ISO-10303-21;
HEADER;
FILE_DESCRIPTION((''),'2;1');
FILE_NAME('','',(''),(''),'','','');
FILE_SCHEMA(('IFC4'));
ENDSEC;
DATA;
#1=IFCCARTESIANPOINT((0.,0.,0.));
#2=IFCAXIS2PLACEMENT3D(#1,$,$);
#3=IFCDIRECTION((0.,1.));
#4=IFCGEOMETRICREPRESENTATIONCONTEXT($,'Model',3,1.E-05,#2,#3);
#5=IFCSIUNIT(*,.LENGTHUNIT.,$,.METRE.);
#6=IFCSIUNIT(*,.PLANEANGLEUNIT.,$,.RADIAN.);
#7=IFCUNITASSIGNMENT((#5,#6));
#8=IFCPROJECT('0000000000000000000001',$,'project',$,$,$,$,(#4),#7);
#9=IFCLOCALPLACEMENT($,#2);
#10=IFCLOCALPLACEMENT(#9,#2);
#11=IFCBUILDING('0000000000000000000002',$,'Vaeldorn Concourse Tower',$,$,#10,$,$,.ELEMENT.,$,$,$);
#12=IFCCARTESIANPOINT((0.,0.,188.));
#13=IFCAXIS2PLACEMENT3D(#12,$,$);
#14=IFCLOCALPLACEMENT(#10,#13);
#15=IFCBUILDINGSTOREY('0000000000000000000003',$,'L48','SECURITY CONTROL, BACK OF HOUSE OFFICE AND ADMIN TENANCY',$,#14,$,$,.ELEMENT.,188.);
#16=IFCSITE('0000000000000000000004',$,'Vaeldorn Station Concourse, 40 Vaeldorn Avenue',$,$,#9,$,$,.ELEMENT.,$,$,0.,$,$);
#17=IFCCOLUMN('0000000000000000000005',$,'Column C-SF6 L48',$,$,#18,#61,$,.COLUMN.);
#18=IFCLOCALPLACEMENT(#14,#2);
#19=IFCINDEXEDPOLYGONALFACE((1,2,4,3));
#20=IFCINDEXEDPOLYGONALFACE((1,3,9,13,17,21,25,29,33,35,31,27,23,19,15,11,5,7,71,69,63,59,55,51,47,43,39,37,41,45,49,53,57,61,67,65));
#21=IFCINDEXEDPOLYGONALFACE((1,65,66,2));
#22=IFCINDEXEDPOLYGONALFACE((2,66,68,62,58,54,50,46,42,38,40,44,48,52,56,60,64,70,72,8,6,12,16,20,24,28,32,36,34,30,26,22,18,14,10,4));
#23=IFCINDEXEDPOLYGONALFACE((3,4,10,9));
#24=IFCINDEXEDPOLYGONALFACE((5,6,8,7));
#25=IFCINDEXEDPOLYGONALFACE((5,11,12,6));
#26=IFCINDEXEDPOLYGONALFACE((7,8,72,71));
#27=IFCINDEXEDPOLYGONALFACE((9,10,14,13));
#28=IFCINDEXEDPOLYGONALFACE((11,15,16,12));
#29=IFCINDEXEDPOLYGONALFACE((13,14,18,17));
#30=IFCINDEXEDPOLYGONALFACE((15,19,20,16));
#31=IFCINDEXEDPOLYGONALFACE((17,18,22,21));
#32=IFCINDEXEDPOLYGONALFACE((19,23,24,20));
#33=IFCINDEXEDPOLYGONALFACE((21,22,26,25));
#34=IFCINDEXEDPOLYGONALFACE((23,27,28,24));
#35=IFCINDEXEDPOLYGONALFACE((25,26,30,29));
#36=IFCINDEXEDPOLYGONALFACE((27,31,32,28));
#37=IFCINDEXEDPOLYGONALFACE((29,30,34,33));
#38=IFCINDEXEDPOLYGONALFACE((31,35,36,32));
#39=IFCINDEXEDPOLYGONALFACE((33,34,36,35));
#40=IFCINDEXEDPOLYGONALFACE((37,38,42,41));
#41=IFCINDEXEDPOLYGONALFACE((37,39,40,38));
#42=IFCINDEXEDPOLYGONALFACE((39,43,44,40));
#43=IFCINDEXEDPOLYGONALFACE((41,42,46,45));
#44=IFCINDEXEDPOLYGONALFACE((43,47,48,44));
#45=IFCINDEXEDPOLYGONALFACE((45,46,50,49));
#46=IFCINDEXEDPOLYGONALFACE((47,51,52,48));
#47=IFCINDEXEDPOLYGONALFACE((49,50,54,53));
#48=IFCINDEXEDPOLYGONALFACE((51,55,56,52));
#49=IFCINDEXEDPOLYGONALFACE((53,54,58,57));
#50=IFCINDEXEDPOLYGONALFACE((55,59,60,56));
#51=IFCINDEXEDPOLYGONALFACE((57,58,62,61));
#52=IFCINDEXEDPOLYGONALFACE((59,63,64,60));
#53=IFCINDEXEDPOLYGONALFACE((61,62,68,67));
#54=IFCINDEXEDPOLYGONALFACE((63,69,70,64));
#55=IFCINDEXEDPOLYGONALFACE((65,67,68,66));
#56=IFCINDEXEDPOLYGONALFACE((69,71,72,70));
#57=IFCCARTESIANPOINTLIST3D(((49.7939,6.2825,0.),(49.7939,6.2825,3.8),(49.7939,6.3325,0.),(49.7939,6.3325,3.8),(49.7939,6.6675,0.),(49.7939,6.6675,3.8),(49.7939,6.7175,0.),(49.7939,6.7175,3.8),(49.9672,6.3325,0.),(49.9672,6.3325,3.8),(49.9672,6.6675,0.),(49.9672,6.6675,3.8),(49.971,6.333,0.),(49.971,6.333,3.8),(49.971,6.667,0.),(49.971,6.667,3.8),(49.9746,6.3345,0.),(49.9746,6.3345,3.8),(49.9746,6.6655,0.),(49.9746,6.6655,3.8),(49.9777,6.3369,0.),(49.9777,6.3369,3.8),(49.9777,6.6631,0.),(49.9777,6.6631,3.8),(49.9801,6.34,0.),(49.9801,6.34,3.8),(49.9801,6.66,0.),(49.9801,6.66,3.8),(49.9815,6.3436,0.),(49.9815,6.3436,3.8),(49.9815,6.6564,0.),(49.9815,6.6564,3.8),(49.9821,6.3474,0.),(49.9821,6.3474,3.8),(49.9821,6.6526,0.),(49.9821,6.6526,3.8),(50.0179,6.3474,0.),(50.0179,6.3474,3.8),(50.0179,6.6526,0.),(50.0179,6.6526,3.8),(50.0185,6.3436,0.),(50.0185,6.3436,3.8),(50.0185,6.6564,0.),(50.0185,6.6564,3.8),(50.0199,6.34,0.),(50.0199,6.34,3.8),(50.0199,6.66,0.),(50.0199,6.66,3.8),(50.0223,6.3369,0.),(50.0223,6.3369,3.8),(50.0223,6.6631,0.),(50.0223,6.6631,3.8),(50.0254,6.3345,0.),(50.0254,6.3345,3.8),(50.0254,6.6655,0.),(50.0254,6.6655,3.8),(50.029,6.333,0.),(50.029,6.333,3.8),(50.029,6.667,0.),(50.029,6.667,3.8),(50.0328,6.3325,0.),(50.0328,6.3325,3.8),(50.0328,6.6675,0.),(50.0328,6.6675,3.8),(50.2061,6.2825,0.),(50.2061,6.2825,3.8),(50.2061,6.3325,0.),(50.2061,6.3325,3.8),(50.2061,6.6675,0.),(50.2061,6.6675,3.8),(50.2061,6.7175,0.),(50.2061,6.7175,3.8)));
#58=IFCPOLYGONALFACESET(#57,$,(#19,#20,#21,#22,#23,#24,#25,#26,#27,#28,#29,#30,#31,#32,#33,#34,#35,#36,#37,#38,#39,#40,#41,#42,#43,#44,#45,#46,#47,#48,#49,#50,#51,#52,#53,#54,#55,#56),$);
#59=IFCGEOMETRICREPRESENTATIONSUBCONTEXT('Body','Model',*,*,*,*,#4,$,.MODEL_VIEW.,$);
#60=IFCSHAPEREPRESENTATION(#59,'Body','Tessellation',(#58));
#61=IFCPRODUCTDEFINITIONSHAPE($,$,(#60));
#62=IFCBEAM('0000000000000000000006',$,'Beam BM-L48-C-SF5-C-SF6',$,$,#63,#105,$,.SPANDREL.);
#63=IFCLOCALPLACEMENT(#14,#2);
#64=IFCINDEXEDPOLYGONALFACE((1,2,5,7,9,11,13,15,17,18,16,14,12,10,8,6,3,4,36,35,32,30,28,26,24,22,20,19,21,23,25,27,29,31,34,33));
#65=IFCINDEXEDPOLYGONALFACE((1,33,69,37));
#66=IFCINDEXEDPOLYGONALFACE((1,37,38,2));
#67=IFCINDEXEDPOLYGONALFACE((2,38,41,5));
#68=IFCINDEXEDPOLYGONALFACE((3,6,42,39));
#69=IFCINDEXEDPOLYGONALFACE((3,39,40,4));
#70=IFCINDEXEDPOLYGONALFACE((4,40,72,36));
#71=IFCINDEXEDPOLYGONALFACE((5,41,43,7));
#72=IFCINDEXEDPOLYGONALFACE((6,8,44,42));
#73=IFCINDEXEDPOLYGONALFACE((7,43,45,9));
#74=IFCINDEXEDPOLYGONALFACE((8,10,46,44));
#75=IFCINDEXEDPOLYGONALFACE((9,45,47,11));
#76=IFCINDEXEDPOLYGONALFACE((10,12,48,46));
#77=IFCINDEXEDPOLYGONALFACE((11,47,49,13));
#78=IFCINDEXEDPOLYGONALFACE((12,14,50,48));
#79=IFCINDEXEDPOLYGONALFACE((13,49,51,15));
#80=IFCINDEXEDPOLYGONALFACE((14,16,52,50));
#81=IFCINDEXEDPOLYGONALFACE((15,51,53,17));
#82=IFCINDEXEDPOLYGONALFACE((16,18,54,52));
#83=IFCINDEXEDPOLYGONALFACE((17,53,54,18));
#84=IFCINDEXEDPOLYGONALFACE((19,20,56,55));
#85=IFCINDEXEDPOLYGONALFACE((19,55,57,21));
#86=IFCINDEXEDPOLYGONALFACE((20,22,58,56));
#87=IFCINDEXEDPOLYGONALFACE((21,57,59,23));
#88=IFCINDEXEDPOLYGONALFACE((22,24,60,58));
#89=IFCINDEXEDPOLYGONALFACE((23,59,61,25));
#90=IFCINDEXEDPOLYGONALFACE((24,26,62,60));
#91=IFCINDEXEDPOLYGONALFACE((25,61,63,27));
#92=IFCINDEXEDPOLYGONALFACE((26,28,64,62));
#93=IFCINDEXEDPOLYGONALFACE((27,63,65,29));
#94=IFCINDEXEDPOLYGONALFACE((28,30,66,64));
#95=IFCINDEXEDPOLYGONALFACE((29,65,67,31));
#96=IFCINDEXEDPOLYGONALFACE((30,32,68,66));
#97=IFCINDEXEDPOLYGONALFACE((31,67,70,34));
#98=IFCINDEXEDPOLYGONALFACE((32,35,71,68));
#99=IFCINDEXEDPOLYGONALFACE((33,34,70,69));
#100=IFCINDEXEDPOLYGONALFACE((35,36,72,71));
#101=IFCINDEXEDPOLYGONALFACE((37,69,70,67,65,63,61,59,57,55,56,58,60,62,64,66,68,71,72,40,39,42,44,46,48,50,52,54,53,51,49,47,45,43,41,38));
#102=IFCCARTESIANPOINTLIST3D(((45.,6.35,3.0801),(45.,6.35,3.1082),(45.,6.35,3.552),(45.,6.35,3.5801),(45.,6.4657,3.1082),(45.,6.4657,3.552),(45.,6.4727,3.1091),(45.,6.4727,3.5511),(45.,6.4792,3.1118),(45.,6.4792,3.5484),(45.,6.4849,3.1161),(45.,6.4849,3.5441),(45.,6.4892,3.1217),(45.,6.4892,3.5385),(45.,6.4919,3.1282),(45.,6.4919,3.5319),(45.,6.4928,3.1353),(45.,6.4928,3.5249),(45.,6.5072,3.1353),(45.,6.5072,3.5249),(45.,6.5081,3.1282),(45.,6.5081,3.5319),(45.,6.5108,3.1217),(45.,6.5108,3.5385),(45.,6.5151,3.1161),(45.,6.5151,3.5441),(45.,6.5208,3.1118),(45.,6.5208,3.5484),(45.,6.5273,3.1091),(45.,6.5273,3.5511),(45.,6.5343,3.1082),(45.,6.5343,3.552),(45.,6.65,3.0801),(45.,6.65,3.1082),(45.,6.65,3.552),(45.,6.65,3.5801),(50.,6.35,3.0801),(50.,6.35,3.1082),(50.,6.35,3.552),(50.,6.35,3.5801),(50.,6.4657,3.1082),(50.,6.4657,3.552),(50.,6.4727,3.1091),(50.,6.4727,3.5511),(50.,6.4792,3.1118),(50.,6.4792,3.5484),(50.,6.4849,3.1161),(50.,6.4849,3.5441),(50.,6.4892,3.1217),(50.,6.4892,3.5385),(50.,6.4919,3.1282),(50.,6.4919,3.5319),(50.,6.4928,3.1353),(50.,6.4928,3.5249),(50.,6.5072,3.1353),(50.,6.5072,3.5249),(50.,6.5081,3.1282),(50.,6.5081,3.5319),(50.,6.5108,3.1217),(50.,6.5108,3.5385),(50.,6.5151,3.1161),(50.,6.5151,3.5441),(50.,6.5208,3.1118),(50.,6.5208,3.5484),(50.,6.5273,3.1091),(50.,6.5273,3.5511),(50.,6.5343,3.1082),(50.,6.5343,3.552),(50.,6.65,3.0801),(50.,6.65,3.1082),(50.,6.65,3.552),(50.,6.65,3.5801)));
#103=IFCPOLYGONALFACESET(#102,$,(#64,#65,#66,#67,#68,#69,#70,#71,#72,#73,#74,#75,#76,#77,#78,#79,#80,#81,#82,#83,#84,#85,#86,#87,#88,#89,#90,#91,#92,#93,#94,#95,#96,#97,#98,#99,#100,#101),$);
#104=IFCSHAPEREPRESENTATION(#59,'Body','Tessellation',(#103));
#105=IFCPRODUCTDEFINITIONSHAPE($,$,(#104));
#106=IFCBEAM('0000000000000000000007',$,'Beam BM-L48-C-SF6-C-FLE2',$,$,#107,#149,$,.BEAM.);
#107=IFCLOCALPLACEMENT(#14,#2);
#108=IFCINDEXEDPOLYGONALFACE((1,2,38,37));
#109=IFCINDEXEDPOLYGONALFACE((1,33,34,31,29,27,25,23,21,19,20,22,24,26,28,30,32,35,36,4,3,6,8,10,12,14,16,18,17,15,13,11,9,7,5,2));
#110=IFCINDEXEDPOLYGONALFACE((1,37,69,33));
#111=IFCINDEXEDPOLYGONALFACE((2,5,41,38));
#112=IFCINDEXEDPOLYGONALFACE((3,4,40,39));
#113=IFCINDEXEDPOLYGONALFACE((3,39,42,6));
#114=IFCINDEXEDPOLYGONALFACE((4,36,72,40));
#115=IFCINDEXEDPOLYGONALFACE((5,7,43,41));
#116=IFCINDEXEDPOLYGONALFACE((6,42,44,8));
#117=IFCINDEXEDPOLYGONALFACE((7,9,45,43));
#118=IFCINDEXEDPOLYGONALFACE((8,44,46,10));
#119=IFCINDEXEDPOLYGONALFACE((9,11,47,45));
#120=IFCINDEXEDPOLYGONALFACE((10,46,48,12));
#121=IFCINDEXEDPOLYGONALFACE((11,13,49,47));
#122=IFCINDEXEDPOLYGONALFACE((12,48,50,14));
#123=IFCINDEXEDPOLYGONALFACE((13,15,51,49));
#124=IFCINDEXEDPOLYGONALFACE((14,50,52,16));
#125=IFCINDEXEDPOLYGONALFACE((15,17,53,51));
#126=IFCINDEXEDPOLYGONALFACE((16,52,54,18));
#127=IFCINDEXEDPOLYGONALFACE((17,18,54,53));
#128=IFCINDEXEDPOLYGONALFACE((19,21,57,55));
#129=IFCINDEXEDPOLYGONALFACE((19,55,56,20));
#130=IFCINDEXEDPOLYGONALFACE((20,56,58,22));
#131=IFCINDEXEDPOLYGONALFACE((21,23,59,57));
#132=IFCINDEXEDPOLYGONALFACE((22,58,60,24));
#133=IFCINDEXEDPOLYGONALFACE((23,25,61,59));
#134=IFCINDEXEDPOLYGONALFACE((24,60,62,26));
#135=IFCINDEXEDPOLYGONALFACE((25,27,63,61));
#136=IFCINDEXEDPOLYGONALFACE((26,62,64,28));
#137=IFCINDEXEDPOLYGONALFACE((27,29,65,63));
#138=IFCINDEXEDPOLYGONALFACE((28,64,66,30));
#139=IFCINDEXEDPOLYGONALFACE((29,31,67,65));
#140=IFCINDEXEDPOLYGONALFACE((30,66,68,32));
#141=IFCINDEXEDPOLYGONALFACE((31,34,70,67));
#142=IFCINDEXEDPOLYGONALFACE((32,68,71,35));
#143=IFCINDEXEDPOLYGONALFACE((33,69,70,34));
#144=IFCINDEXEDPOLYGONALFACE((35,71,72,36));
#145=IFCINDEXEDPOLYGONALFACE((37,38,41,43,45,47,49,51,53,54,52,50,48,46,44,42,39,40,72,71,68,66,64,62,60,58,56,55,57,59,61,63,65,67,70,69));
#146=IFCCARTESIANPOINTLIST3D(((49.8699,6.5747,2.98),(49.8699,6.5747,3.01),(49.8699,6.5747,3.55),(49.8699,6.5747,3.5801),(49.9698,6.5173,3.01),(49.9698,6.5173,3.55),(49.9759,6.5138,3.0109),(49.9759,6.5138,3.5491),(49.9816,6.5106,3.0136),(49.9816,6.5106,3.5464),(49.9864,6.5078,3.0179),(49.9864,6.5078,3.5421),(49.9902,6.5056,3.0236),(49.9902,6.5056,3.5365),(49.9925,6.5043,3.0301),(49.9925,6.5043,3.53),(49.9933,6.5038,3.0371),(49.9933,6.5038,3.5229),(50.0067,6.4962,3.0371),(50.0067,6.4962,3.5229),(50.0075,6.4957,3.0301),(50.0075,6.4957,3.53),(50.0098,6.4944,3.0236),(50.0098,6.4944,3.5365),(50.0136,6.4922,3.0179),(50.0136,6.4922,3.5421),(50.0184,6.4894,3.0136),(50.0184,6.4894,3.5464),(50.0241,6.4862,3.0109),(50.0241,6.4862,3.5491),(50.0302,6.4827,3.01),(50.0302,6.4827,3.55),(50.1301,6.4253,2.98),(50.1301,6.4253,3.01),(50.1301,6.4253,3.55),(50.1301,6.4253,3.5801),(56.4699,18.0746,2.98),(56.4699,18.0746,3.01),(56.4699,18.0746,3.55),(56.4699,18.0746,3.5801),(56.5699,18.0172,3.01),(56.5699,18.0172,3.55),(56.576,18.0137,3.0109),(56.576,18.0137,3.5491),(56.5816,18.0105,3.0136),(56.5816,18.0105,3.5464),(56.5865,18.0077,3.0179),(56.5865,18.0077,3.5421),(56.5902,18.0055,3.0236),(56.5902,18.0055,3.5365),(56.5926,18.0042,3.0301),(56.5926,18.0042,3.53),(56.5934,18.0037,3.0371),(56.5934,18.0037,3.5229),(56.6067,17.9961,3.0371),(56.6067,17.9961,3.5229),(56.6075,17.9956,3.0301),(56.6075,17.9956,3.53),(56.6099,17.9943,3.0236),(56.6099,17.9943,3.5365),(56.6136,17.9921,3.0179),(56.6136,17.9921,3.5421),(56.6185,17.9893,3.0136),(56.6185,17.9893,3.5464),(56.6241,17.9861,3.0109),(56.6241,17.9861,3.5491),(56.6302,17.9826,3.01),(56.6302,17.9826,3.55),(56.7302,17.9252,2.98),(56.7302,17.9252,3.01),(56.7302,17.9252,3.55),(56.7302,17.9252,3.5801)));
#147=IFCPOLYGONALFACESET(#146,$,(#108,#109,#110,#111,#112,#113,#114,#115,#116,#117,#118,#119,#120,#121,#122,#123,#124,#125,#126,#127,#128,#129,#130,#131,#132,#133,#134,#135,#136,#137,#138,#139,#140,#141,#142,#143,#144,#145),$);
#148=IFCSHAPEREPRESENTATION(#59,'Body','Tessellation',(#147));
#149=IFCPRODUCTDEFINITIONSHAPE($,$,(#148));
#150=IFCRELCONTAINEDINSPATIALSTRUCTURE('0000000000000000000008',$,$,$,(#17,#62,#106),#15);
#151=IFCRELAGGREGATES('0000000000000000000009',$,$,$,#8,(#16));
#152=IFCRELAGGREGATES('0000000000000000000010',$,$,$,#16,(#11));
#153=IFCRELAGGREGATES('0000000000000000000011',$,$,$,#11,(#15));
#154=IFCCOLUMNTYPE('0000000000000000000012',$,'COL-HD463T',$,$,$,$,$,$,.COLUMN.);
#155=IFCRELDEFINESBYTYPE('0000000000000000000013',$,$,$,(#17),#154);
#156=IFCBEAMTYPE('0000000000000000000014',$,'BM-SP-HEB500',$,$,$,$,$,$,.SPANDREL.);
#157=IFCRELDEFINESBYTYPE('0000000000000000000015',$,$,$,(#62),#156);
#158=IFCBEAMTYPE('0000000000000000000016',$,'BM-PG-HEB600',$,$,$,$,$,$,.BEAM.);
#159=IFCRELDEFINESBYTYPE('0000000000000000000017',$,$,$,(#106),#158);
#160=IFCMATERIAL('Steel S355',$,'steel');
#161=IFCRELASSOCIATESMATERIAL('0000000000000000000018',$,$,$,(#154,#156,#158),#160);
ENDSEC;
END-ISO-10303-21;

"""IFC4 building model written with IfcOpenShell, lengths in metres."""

from ifc_helpers import new_model, si_unit, direction, frame, origin, origin_2d, place, context, subcontext, project, spatial, i_section, extrude, source, transform, mapped, material, material_profile, profile_set, type_object, element, save


model = new_model("IFC4")

# Units and contexts
model_context = context("Model", 3, precision=1e-05, world=origin(), true_north=direction((0.0, 1.0)))
body_context = subcontext(model_context, "Body", "Model", "MODEL_VIEW")
ifc_project = project(units=[si_unit("LENGTHUNIT", "METRE"), si_unit("PLANEANGLEUNIT", "RADIAN")], contexts=[model_context])

# Site, building, storey
site_placement = place(None, origin())
site = spatial("IfcSite", under=ifc_project, at=site_placement, Name="Vaeldorn Station Concourse, 40 Vaeldorn Avenue", CompositionType="ELEMENT", RefElevation=0.0)
building_placement = place(site_placement, origin())
building = spatial("IfcBuilding", under=site, at=building_placement, Name="Vaeldorn Concourse Tower", CompositionType="ELEMENT")
storey_placement = place(building_placement, frame((0.0, 0.0, 188.0)))
storey = spatial("IfcBuildingStorey", under=building, at=storey_placement, Name="L48", Description="SECURITY CONTROL, BACK OF HOUSE OFFICE AND ADMIN TENANCY", CompositionType="ELEMENT", Elevation=188.0)

# Column
ifc_material_1 = material(Name="Steel S355", Category="steel")
ifc_material_profile_1 = material_profile(ifc_material_1, i_section(OverallWidth=0.4121, OverallDepth=0.4351, WebThickness=0.0359, FlangeThickness=0.05, FilletRadius=0.0149, at=origin_2d()), Name="HD 400x463")
ifc_profile_set_1 = profile_set([ifc_material_profile_1], Name="Steel S355")
column_type = type_object("IfcColumnType", Name="COL-HD463T", PredefinedType="COLUMN", material=ifc_profile_set_1)
shared_shape_1 = source(origin(), body_context, "Body", "SweptSolid", [
    extrude(i_section(OverallWidth=0.4121, OverallDepth=0.4351, WebThickness=0.0359, FlangeThickness=0.05, FilletRadius=0.0149, at=origin_2d()), origin(), (0.0, 0.0, 1.0), 3.8),
])
column_placement = place(storey_placement, frame((50.0, 6.5, 0.0), z_axis=(0.0, 0.0, 1.0), x_axis=(1.0, 0.0, 0.0)))
element("IfcColumn", 1, at=column_placement, inside=storey, type_object=column_type, Name="Column C-SF6 L48", PredefinedType="COLUMN", context=body_context, shape_type="MappedRepresentation", body=[
    mapped(shared_shape_1, transform((0.0, 0.0, 0.0), scale=1.0)),
])

# Beams
ifc_material_profile_2 = material_profile(ifc_material_1, i_section(OverallWidth=0.3, OverallDepth=0.5, WebThickness=0.0144, FlangeThickness=0.0281, FilletRadius=0.0271, at=origin_2d()), Name="HEB 500")
ifc_profile_set_2 = profile_set([ifc_material_profile_2], Name="Steel S355")
beam_type_1 = type_object("IfcBeamType", Name="BM-SP-HEB500", PredefinedType="SPANDREL", material=ifc_profile_set_2)
shared_shape_2 = source(origin(), body_context, "Body", "SweptSolid", [
    extrude(i_section(OverallWidth=0.3, OverallDepth=0.5, WebThickness=0.0144, FlangeThickness=0.0281, FilletRadius=0.0271, at=origin_2d()), origin(), (0.0, 0.0, 1.0), 5.0),
])
beam_1_placement = place(storey_placement, frame((45.0, 6.5, 3.3301), z_axis=(1.0, 0.0, 0.0), x_axis=(0.0, 1.0, 0.0)))
element("IfcBeam", 2, at=beam_1_placement, inside=storey, type_object=beam_type_1, Name="Beam BM-L48-C-SF5-C-SF6", PredefinedType="SPANDREL", context=body_context, shape_type="MappedRepresentation", body=[
    mapped(shared_shape_2, transform((0.0, 0.0, 0.0), scale=1.0)),
])
ifc_material_profile_3 = material_profile(ifc_material_1, i_section(OverallWidth=0.3, OverallDepth=0.6001, WebThickness=0.0154, FlangeThickness=0.03, FilletRadius=0.0271, at=origin_2d()), Name="HEB 600")
ifc_profile_set_3 = profile_set([ifc_material_profile_3], Name="Steel S355")
beam_type_2 = type_object("IfcBeamType", Name="BM-PG-HEB600", PredefinedType="BEAM", material=ifc_profile_set_3)
shared_shape_3 = source(origin(), body_context, "Body", "SweptSolid", [
    extrude(i_section(OverallWidth=0.3, OverallDepth=0.6001, WebThickness=0.0154, FlangeThickness=0.03, FilletRadius=0.0271, at=origin_2d()), origin(), (0.0, 0.0, 1.0), 13.2593),
])
beam_2_placement = place(storey_placement, frame((50.0, 6.5, 3.28), z_axis=(0.497768, 0.86731, 0.0), x_axis=(-0.86731, 0.497768, 0.0)))
element("IfcBeam", 3, at=beam_2_placement, inside=storey, type_object=beam_type_2, Name="Beam BM-L48-C-SF6-C-FLE2", PredefinedType="BEAM", context=body_context, shape_type="MappedRepresentation", body=[
    mapped(shared_shape_3, transform((0.0, 0.0, 0.0), scale=1.0)),
])

save(model, "model.ifc")
